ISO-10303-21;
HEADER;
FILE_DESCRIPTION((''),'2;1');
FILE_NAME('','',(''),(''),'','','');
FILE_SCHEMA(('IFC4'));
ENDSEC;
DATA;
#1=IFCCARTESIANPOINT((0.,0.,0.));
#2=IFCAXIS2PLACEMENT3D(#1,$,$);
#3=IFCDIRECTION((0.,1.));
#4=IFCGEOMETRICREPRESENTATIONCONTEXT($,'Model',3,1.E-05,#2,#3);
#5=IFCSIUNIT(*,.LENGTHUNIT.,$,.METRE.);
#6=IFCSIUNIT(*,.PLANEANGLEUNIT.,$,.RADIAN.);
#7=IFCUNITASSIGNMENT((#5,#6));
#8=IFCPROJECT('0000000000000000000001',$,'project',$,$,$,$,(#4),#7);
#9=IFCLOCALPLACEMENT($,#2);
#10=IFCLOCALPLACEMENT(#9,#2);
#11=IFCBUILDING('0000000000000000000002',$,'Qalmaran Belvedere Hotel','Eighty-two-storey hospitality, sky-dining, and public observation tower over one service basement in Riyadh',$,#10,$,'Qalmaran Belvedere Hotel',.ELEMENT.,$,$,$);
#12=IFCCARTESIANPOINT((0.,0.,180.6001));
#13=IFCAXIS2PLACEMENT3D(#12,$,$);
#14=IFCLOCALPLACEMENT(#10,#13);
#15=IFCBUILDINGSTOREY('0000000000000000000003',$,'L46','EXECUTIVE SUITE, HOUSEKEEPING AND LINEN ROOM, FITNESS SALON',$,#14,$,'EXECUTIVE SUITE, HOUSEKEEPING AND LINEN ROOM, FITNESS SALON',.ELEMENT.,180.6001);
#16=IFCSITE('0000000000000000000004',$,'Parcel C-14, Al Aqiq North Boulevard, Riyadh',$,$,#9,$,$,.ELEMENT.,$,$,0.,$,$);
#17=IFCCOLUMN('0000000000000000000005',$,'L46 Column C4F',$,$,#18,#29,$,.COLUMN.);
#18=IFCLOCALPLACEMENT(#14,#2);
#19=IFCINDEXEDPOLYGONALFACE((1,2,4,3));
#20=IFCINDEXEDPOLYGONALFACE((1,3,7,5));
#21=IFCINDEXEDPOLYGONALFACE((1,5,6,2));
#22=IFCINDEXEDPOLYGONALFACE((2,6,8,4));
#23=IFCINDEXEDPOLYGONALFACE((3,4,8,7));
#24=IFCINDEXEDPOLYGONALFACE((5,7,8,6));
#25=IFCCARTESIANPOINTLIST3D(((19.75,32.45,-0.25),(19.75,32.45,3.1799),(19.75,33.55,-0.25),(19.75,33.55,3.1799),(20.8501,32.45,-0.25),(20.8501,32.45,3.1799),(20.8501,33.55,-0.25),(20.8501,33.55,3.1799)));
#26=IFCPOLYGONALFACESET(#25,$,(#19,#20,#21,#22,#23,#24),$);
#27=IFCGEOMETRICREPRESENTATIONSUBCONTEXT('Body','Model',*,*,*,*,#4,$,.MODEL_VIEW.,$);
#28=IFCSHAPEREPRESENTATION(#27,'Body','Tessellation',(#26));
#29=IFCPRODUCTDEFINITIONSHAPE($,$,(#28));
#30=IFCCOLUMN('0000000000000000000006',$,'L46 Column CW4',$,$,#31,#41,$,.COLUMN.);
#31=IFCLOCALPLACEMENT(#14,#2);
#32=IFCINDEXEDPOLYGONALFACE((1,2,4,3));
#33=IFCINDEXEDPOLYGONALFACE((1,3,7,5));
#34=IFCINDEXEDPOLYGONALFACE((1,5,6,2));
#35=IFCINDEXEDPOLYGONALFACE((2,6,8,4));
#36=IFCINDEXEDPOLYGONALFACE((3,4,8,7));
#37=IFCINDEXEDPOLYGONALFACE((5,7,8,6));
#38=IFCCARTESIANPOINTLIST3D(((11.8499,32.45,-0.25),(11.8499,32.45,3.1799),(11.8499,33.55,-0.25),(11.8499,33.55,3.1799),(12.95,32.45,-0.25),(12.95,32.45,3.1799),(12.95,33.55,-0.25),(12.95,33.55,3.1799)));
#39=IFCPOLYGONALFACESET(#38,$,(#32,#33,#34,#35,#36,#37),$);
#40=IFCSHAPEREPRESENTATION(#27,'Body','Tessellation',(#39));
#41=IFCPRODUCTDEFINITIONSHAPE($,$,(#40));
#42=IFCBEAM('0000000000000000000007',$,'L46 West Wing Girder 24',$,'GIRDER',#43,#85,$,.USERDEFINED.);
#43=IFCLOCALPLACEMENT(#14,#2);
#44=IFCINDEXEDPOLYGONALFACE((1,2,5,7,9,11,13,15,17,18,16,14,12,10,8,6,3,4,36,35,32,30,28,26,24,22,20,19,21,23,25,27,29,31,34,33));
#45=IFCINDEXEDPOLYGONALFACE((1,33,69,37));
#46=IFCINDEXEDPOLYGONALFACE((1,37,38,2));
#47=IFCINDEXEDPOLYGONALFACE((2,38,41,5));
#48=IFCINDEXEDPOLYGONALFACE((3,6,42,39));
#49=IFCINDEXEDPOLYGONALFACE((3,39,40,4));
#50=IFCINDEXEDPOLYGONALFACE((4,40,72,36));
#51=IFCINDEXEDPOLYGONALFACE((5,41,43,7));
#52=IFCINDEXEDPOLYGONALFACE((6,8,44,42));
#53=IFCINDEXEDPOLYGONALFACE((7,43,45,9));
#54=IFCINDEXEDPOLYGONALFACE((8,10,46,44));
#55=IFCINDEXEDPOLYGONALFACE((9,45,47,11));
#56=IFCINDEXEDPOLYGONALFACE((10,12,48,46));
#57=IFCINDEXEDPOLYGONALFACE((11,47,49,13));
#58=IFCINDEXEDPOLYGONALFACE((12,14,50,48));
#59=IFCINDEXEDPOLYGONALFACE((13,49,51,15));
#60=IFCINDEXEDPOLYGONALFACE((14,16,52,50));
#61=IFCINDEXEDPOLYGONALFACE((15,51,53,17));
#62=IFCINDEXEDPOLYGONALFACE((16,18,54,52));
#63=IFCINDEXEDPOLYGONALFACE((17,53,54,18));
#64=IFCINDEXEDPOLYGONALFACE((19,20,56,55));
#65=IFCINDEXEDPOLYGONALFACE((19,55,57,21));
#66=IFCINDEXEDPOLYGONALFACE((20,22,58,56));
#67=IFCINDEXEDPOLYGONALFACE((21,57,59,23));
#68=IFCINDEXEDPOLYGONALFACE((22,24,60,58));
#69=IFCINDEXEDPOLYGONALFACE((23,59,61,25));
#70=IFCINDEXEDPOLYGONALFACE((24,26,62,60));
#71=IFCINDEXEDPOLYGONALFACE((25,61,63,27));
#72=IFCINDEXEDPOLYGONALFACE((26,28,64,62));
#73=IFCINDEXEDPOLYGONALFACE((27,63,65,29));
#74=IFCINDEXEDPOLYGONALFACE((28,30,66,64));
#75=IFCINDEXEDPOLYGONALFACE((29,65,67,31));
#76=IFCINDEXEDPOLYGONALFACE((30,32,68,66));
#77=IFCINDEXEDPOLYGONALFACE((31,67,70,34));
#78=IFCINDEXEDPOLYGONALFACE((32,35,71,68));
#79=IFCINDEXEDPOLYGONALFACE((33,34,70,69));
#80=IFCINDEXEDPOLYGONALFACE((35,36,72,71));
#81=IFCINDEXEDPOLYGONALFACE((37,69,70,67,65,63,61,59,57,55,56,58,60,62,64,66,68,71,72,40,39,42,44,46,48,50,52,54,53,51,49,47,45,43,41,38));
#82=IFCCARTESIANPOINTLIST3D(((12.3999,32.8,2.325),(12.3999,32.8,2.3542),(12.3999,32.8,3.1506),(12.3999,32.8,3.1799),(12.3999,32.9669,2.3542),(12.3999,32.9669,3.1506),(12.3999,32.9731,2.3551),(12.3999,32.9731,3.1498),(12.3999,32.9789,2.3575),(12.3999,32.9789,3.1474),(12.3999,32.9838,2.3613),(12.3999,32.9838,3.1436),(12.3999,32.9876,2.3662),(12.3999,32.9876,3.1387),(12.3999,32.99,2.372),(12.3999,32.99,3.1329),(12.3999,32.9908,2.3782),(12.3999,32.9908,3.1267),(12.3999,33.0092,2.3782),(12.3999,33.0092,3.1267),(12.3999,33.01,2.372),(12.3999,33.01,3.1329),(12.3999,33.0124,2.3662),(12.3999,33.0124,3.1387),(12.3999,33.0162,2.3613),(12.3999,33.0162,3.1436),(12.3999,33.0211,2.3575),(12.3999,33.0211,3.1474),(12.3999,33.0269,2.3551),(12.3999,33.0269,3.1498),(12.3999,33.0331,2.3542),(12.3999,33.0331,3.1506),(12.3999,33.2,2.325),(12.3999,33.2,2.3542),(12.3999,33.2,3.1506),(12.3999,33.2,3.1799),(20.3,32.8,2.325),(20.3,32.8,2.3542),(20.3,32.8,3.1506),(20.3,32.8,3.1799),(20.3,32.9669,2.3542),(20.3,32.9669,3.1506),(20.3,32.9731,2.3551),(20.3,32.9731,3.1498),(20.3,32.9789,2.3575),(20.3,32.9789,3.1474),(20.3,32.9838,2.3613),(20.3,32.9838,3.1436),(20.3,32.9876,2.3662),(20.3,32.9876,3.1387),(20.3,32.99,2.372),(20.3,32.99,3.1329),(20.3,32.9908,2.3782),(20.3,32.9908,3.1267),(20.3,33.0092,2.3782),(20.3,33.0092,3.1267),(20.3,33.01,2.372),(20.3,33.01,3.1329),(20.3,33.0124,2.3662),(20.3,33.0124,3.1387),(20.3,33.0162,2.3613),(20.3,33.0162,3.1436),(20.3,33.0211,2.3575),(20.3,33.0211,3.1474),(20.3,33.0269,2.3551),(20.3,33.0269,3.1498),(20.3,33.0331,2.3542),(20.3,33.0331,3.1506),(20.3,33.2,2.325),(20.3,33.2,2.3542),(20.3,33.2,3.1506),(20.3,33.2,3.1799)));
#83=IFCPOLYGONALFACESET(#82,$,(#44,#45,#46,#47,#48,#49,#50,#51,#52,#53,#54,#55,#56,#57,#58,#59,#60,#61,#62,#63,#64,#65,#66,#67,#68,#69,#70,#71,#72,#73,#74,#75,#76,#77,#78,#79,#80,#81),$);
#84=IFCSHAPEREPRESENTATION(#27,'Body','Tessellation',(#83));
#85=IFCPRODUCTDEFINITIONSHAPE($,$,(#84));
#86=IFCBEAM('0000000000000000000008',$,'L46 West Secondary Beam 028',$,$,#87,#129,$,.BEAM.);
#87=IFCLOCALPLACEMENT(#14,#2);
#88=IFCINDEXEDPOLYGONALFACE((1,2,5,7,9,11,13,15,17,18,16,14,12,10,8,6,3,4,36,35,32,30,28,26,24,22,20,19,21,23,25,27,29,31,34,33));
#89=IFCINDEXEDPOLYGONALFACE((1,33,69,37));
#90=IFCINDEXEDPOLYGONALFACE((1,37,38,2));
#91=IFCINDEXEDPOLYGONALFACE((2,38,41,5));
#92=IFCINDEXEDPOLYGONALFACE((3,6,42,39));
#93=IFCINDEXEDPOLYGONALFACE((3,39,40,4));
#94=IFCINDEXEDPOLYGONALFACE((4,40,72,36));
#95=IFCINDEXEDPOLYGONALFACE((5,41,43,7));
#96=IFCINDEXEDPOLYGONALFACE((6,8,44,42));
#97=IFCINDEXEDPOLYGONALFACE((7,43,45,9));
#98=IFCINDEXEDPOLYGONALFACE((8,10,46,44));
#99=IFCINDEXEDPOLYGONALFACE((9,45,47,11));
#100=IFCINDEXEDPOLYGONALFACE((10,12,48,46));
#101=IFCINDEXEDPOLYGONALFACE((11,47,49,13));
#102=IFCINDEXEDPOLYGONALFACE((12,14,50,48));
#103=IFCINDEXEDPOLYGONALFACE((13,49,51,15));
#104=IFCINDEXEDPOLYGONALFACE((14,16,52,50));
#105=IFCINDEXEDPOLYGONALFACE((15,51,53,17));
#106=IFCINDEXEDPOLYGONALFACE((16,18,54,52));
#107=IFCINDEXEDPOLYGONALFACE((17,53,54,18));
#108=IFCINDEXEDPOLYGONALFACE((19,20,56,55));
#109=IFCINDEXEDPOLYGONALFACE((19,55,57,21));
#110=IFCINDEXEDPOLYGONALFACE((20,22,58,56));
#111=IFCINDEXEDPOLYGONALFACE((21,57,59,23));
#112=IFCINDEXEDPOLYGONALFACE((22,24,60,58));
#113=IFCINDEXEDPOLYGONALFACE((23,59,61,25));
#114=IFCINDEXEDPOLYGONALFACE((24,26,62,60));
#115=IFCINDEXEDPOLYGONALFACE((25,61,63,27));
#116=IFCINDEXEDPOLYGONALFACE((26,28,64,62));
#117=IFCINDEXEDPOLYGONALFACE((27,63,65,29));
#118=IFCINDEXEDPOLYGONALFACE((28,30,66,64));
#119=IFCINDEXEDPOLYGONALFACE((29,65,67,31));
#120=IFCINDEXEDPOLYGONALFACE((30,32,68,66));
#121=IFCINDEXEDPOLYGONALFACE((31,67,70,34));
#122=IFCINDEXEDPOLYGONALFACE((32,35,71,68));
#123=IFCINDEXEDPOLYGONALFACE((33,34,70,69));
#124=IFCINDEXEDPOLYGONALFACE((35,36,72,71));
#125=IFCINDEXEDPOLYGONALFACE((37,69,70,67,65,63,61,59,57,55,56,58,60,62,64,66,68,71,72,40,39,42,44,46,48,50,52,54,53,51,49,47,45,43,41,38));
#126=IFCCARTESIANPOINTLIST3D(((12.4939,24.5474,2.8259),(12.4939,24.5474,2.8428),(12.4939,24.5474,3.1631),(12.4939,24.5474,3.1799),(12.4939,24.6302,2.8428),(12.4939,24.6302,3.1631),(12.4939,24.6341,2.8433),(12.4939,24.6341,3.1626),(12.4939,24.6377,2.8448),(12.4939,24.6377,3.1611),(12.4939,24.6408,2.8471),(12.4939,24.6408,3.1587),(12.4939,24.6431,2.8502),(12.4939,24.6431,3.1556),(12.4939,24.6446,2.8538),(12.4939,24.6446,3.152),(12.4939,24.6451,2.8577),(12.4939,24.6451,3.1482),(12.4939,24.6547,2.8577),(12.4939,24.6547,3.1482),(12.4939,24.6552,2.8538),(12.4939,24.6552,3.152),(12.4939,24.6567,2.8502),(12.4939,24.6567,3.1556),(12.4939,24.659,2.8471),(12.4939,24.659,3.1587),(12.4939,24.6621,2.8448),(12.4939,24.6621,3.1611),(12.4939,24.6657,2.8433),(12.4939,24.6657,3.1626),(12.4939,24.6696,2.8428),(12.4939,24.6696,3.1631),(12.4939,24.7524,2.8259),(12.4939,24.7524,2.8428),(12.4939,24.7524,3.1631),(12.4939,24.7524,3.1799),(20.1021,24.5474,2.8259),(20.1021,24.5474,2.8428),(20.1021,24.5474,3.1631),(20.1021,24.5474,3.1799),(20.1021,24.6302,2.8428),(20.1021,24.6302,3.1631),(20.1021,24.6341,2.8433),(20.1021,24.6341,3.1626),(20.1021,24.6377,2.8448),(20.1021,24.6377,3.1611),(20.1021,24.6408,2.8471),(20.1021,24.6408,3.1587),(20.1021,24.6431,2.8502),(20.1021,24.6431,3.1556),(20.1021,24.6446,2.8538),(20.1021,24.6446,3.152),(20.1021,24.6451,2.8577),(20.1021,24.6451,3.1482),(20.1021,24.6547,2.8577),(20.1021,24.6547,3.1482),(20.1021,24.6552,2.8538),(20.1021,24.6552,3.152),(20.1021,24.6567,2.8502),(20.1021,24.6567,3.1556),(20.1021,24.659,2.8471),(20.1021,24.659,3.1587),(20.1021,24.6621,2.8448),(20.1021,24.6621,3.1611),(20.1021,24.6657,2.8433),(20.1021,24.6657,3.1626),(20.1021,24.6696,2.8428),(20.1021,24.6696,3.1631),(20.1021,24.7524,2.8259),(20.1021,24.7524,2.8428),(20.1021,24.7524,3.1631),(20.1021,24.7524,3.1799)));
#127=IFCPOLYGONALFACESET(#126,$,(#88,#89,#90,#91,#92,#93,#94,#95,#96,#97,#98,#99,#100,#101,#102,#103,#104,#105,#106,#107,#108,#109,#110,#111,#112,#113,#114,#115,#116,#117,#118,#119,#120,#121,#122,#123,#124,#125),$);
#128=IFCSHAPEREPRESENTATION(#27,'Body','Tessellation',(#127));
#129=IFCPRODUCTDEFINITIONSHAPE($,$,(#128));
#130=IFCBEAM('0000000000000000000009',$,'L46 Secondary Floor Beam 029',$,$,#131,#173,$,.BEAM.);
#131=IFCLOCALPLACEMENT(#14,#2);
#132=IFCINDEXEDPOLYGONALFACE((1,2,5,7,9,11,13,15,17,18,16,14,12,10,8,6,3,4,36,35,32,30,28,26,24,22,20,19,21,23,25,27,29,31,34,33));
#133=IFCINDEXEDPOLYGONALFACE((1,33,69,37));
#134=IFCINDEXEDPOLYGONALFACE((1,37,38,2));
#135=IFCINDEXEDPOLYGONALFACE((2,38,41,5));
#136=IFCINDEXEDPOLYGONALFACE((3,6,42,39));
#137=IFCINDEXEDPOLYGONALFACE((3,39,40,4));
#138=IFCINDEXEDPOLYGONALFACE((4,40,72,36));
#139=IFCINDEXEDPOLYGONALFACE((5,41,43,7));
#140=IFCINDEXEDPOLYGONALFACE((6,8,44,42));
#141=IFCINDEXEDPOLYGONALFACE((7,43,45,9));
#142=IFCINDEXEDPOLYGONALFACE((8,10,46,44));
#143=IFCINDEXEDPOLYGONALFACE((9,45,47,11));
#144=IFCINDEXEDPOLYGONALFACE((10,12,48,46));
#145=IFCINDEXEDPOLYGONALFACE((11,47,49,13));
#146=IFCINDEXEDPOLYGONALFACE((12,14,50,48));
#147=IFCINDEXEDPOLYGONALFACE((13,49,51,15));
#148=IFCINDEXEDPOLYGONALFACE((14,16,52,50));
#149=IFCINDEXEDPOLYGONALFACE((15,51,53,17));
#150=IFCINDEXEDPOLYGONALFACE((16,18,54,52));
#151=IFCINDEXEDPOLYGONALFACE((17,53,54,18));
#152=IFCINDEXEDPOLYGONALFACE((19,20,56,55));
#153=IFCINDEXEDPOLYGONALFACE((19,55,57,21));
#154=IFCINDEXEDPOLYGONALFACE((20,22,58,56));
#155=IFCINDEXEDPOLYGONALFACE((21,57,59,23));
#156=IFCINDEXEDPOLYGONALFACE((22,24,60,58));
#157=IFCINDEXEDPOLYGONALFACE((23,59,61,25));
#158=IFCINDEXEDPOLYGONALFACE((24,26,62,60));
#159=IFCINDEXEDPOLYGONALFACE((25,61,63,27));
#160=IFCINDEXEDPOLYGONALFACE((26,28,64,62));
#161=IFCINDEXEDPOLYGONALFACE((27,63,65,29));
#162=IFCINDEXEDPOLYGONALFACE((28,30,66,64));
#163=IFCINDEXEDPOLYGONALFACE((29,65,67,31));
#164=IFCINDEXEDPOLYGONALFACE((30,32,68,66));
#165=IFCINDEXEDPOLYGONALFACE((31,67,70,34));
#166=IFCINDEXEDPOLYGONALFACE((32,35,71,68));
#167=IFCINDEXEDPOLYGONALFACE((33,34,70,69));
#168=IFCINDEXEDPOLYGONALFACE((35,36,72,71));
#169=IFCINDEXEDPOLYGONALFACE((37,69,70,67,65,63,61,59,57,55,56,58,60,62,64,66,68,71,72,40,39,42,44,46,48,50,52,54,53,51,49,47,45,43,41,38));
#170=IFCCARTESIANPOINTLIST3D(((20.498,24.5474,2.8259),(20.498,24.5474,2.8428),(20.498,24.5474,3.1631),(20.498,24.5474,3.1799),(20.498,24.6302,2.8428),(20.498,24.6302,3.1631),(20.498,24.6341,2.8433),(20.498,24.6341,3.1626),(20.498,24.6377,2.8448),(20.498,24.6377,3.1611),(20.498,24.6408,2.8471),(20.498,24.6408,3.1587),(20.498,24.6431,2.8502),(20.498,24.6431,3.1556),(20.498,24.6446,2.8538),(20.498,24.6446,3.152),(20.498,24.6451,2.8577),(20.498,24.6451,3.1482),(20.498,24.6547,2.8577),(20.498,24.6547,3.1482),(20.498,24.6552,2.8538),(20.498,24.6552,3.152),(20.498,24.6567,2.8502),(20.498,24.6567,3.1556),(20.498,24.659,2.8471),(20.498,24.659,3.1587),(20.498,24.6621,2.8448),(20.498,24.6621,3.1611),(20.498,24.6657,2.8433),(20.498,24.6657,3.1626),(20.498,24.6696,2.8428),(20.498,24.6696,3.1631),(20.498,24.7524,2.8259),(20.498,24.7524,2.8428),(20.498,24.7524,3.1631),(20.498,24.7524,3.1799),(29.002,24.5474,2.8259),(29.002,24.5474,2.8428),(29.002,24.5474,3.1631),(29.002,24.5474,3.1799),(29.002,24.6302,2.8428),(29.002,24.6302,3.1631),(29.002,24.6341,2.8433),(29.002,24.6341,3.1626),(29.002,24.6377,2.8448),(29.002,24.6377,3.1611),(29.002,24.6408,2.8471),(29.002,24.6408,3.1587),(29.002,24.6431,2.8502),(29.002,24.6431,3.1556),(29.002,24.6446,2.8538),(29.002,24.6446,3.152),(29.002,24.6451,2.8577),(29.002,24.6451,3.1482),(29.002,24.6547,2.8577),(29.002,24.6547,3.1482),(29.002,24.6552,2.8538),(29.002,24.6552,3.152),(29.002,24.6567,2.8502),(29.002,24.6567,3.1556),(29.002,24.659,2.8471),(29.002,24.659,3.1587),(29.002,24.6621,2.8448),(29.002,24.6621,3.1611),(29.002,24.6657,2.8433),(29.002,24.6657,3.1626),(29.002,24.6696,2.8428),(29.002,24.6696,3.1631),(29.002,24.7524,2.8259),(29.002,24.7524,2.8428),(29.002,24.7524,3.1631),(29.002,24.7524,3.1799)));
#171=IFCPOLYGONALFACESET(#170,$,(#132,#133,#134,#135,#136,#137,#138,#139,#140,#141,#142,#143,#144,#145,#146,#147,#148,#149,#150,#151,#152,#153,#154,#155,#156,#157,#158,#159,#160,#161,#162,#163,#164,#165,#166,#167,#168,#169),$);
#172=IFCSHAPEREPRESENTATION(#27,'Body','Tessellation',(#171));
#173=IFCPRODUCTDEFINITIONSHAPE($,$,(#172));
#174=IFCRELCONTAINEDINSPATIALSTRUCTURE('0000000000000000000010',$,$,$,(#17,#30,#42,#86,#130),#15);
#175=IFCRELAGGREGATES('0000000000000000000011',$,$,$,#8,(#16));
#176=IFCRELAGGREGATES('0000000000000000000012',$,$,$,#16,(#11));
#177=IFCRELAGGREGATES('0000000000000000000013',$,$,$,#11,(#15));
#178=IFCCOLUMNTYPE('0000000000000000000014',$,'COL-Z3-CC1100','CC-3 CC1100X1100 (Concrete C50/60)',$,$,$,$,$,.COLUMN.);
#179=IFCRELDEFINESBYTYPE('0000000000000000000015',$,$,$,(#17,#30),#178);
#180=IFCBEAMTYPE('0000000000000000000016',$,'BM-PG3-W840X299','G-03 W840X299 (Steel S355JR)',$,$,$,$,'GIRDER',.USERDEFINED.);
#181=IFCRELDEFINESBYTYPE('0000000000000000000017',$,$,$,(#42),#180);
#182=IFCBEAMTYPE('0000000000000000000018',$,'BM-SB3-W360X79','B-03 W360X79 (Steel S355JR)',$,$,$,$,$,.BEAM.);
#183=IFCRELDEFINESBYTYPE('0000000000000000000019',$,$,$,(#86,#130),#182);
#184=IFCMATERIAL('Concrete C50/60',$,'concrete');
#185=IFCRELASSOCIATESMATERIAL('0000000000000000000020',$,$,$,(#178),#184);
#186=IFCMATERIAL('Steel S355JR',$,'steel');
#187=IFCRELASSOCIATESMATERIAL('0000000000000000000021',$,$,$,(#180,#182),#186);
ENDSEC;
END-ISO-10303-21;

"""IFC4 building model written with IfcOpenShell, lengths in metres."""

from ifc_helpers import new_model, si_unit, direction, frame, origin, origin_2d, place, context, subcontext, project, spatial, rectangle, i_section, extrude, material, material_profile, profile_set, type_object, element, save


model = new_model("IFC4")

# Units and contexts
model_context = context("Model", 3, precision=1e-05, world=origin(), true_north=direction((0.0, 1.0)))
body_context = subcontext(model_context, "Body", "Model", "MODEL_VIEW")
ifc_project = project(units=[si_unit("LENGTHUNIT", "METRE"), si_unit("PLANEANGLEUNIT", "RADIAN")], contexts=[model_context])

# Site, building, storey
site_placement = place(None, origin())
site = spatial("IfcSite", under=ifc_project, at=site_placement, Name="Parcel C-14, Al Aqiq North Boulevard, Riyadh", CompositionType="ELEMENT", RefElevation=0.0)
building_placement = place(site_placement, origin())
building = spatial("IfcBuilding", under=site, at=building_placement, Name="Qalmaran Belvedere Hotel", Description="Eighty-two-storey hospitality, sky-dining, and public observation tower over one service basement in Riyadh", LongName="Qalmaran Belvedere Hotel", CompositionType="ELEMENT")
storey_placement = place(building_placement, frame((0.0, 0.0, 180.6001)))
storey = spatial("IfcBuildingStorey", under=building, at=storey_placement, Name="L46", Description="EXECUTIVE SUITE, HOUSEKEEPING AND LINEN ROOM, FITNESS SALON", LongName="EXECUTIVE SUITE, HOUSEKEEPING AND LINEN ROOM, FITNESS SALON", CompositionType="ELEMENT", Elevation=180.6001)

# Columns
ifc_material_1 = material(Name="Concrete C50/60", Category="concrete")
ifc_material_profile_1 = material_profile(ifc_material_1, rectangle(XDim=1.1001, YDim=1.1001, at=origin_2d()), Name="CC1100X1100")
ifc_profile_set_1 = profile_set([ifc_material_profile_1], Name="Concrete C50/60")
column_type = type_object("IfcColumnType", Name="COL-Z3-CC1100", Description="CC-3 CC1100X1100 (Concrete C50/60)", PredefinedType="COLUMN", material=ifc_profile_set_1)
for number, where, z_axis, x_axis, name in (
    (1, (20.3, 33.0, -0.25), (0.0, 0.0, 1.0), (1.0, 0.0, 0.0), "L46 Column C4F"),
    (2, (12.3999, 33.0, -0.25), (0.0, 0.0, 1.0), (1.0, 0.0, 0.0), "L46 Column CW4"),
):
    element("IfcColumn", number, at=place(storey_placement, frame(where, z_axis=z_axis, x_axis=x_axis)), inside=storey, type_object=column_type, Name=name, PredefinedType="COLUMN", context=body_context, shape_type="SweptSolid", body=[
        extrude(rectangle(XDim=1.1001, YDim=1.1001, at=origin_2d()), origin(), (0.0, 0.0, 1.0), 3.4299),
    ])

# Beams
ifc_material_2 = material(Name="Steel S355JR", Category="steel")
ifc_material_profile_2 = material_profile(ifc_material_2, i_section(OverallWidth=0.3999, OverallDepth=0.855, WebThickness=0.0183, FlangeThickness=0.0293, FilletRadius=0.0239, at=origin_2d()), Name="W840X299")
ifc_profile_set_2 = profile_set([ifc_material_profile_2], Name="Steel S355JR")
beam_type_1 = type_object("IfcBeamType", Name="BM-PG3-W840X299", Description="G-03 W840X299 (Steel S355JR)", ElementType="GIRDER", PredefinedType="USERDEFINED", material=ifc_profile_set_2)
beam_1_placement = place(storey_placement, frame((12.3999, 33.0, 2.7524), z_axis=(1.0, 0.0, 0.0), x_axis=(0.0, 1.0, 0.0)))
element("IfcBeam", 3, at=beam_1_placement, inside=storey, type_object=beam_type_1, Name="L46 West Wing Girder 24", ObjectType="GIRDER", PredefinedType="USERDEFINED", context=body_context, shape_type="SweptSolid", body=[
    extrude(i_section(OverallWidth=0.3999, OverallDepth=0.855, WebThickness=0.0183, FlangeThickness=0.0293, FilletRadius=0.0239, at=origin_2d()), origin(), (0.0, 0.0, 1.0), 7.9001),
])
ifc_material_profile_3 = material_profile(ifc_material_2, i_section(OverallWidth=0.2051, OverallDepth=0.354, WebThickness=0.0095, FlangeThickness=0.0168, FilletRadius=0.0149, at=origin_2d()), Name="W360X79")
ifc_profile_set_3 = profile_set([ifc_material_profile_3], Name="Steel S355JR")
beam_type_2 = type_object("IfcBeamType", Name="BM-SB3-W360X79", Description="B-03 W360X79 (Steel S355JR)", PredefinedType="BEAM", material=ifc_profile_set_3)
beam_2_placement = place(storey_placement, frame((12.4939, 24.6499, 3.0029), z_axis=(1.0, 0.0, 0.0), x_axis=(0.0, 1.0, 0.0)))
element("IfcBeam", 4, at=beam_2_placement, inside=storey, type_object=beam_type_2, Name="L46 West Secondary Beam 028", PredefinedType="BEAM", context=body_context, shape_type="SweptSolid", body=[
    extrude(i_section(OverallWidth=0.2051, OverallDepth=0.354, WebThickness=0.0095, FlangeThickness=0.0168, FilletRadius=0.0149, at=origin_2d()), origin(), (0.0, 0.0, 1.0), 7.6082),
])
beam_3_placement = place(storey_placement, frame((20.498, 24.6499, 3.0029), z_axis=(1.0, 0.0, 0.0), x_axis=(0.0, 1.0, 0.0)))
element("IfcBeam", 5, at=beam_3_placement, inside=storey, type_object=beam_type_2, Name="L46 Secondary Floor Beam 029", PredefinedType="BEAM", context=body_context, shape_type="SweptSolid", body=[
    extrude(i_section(OverallWidth=0.2051, OverallDepth=0.354, WebThickness=0.0095, FlangeThickness=0.0168, FilletRadius=0.0149, at=origin_2d()), origin(), (0.0, 0.0, 1.0), 8.5039),
])

save(model, "model.ifc")
